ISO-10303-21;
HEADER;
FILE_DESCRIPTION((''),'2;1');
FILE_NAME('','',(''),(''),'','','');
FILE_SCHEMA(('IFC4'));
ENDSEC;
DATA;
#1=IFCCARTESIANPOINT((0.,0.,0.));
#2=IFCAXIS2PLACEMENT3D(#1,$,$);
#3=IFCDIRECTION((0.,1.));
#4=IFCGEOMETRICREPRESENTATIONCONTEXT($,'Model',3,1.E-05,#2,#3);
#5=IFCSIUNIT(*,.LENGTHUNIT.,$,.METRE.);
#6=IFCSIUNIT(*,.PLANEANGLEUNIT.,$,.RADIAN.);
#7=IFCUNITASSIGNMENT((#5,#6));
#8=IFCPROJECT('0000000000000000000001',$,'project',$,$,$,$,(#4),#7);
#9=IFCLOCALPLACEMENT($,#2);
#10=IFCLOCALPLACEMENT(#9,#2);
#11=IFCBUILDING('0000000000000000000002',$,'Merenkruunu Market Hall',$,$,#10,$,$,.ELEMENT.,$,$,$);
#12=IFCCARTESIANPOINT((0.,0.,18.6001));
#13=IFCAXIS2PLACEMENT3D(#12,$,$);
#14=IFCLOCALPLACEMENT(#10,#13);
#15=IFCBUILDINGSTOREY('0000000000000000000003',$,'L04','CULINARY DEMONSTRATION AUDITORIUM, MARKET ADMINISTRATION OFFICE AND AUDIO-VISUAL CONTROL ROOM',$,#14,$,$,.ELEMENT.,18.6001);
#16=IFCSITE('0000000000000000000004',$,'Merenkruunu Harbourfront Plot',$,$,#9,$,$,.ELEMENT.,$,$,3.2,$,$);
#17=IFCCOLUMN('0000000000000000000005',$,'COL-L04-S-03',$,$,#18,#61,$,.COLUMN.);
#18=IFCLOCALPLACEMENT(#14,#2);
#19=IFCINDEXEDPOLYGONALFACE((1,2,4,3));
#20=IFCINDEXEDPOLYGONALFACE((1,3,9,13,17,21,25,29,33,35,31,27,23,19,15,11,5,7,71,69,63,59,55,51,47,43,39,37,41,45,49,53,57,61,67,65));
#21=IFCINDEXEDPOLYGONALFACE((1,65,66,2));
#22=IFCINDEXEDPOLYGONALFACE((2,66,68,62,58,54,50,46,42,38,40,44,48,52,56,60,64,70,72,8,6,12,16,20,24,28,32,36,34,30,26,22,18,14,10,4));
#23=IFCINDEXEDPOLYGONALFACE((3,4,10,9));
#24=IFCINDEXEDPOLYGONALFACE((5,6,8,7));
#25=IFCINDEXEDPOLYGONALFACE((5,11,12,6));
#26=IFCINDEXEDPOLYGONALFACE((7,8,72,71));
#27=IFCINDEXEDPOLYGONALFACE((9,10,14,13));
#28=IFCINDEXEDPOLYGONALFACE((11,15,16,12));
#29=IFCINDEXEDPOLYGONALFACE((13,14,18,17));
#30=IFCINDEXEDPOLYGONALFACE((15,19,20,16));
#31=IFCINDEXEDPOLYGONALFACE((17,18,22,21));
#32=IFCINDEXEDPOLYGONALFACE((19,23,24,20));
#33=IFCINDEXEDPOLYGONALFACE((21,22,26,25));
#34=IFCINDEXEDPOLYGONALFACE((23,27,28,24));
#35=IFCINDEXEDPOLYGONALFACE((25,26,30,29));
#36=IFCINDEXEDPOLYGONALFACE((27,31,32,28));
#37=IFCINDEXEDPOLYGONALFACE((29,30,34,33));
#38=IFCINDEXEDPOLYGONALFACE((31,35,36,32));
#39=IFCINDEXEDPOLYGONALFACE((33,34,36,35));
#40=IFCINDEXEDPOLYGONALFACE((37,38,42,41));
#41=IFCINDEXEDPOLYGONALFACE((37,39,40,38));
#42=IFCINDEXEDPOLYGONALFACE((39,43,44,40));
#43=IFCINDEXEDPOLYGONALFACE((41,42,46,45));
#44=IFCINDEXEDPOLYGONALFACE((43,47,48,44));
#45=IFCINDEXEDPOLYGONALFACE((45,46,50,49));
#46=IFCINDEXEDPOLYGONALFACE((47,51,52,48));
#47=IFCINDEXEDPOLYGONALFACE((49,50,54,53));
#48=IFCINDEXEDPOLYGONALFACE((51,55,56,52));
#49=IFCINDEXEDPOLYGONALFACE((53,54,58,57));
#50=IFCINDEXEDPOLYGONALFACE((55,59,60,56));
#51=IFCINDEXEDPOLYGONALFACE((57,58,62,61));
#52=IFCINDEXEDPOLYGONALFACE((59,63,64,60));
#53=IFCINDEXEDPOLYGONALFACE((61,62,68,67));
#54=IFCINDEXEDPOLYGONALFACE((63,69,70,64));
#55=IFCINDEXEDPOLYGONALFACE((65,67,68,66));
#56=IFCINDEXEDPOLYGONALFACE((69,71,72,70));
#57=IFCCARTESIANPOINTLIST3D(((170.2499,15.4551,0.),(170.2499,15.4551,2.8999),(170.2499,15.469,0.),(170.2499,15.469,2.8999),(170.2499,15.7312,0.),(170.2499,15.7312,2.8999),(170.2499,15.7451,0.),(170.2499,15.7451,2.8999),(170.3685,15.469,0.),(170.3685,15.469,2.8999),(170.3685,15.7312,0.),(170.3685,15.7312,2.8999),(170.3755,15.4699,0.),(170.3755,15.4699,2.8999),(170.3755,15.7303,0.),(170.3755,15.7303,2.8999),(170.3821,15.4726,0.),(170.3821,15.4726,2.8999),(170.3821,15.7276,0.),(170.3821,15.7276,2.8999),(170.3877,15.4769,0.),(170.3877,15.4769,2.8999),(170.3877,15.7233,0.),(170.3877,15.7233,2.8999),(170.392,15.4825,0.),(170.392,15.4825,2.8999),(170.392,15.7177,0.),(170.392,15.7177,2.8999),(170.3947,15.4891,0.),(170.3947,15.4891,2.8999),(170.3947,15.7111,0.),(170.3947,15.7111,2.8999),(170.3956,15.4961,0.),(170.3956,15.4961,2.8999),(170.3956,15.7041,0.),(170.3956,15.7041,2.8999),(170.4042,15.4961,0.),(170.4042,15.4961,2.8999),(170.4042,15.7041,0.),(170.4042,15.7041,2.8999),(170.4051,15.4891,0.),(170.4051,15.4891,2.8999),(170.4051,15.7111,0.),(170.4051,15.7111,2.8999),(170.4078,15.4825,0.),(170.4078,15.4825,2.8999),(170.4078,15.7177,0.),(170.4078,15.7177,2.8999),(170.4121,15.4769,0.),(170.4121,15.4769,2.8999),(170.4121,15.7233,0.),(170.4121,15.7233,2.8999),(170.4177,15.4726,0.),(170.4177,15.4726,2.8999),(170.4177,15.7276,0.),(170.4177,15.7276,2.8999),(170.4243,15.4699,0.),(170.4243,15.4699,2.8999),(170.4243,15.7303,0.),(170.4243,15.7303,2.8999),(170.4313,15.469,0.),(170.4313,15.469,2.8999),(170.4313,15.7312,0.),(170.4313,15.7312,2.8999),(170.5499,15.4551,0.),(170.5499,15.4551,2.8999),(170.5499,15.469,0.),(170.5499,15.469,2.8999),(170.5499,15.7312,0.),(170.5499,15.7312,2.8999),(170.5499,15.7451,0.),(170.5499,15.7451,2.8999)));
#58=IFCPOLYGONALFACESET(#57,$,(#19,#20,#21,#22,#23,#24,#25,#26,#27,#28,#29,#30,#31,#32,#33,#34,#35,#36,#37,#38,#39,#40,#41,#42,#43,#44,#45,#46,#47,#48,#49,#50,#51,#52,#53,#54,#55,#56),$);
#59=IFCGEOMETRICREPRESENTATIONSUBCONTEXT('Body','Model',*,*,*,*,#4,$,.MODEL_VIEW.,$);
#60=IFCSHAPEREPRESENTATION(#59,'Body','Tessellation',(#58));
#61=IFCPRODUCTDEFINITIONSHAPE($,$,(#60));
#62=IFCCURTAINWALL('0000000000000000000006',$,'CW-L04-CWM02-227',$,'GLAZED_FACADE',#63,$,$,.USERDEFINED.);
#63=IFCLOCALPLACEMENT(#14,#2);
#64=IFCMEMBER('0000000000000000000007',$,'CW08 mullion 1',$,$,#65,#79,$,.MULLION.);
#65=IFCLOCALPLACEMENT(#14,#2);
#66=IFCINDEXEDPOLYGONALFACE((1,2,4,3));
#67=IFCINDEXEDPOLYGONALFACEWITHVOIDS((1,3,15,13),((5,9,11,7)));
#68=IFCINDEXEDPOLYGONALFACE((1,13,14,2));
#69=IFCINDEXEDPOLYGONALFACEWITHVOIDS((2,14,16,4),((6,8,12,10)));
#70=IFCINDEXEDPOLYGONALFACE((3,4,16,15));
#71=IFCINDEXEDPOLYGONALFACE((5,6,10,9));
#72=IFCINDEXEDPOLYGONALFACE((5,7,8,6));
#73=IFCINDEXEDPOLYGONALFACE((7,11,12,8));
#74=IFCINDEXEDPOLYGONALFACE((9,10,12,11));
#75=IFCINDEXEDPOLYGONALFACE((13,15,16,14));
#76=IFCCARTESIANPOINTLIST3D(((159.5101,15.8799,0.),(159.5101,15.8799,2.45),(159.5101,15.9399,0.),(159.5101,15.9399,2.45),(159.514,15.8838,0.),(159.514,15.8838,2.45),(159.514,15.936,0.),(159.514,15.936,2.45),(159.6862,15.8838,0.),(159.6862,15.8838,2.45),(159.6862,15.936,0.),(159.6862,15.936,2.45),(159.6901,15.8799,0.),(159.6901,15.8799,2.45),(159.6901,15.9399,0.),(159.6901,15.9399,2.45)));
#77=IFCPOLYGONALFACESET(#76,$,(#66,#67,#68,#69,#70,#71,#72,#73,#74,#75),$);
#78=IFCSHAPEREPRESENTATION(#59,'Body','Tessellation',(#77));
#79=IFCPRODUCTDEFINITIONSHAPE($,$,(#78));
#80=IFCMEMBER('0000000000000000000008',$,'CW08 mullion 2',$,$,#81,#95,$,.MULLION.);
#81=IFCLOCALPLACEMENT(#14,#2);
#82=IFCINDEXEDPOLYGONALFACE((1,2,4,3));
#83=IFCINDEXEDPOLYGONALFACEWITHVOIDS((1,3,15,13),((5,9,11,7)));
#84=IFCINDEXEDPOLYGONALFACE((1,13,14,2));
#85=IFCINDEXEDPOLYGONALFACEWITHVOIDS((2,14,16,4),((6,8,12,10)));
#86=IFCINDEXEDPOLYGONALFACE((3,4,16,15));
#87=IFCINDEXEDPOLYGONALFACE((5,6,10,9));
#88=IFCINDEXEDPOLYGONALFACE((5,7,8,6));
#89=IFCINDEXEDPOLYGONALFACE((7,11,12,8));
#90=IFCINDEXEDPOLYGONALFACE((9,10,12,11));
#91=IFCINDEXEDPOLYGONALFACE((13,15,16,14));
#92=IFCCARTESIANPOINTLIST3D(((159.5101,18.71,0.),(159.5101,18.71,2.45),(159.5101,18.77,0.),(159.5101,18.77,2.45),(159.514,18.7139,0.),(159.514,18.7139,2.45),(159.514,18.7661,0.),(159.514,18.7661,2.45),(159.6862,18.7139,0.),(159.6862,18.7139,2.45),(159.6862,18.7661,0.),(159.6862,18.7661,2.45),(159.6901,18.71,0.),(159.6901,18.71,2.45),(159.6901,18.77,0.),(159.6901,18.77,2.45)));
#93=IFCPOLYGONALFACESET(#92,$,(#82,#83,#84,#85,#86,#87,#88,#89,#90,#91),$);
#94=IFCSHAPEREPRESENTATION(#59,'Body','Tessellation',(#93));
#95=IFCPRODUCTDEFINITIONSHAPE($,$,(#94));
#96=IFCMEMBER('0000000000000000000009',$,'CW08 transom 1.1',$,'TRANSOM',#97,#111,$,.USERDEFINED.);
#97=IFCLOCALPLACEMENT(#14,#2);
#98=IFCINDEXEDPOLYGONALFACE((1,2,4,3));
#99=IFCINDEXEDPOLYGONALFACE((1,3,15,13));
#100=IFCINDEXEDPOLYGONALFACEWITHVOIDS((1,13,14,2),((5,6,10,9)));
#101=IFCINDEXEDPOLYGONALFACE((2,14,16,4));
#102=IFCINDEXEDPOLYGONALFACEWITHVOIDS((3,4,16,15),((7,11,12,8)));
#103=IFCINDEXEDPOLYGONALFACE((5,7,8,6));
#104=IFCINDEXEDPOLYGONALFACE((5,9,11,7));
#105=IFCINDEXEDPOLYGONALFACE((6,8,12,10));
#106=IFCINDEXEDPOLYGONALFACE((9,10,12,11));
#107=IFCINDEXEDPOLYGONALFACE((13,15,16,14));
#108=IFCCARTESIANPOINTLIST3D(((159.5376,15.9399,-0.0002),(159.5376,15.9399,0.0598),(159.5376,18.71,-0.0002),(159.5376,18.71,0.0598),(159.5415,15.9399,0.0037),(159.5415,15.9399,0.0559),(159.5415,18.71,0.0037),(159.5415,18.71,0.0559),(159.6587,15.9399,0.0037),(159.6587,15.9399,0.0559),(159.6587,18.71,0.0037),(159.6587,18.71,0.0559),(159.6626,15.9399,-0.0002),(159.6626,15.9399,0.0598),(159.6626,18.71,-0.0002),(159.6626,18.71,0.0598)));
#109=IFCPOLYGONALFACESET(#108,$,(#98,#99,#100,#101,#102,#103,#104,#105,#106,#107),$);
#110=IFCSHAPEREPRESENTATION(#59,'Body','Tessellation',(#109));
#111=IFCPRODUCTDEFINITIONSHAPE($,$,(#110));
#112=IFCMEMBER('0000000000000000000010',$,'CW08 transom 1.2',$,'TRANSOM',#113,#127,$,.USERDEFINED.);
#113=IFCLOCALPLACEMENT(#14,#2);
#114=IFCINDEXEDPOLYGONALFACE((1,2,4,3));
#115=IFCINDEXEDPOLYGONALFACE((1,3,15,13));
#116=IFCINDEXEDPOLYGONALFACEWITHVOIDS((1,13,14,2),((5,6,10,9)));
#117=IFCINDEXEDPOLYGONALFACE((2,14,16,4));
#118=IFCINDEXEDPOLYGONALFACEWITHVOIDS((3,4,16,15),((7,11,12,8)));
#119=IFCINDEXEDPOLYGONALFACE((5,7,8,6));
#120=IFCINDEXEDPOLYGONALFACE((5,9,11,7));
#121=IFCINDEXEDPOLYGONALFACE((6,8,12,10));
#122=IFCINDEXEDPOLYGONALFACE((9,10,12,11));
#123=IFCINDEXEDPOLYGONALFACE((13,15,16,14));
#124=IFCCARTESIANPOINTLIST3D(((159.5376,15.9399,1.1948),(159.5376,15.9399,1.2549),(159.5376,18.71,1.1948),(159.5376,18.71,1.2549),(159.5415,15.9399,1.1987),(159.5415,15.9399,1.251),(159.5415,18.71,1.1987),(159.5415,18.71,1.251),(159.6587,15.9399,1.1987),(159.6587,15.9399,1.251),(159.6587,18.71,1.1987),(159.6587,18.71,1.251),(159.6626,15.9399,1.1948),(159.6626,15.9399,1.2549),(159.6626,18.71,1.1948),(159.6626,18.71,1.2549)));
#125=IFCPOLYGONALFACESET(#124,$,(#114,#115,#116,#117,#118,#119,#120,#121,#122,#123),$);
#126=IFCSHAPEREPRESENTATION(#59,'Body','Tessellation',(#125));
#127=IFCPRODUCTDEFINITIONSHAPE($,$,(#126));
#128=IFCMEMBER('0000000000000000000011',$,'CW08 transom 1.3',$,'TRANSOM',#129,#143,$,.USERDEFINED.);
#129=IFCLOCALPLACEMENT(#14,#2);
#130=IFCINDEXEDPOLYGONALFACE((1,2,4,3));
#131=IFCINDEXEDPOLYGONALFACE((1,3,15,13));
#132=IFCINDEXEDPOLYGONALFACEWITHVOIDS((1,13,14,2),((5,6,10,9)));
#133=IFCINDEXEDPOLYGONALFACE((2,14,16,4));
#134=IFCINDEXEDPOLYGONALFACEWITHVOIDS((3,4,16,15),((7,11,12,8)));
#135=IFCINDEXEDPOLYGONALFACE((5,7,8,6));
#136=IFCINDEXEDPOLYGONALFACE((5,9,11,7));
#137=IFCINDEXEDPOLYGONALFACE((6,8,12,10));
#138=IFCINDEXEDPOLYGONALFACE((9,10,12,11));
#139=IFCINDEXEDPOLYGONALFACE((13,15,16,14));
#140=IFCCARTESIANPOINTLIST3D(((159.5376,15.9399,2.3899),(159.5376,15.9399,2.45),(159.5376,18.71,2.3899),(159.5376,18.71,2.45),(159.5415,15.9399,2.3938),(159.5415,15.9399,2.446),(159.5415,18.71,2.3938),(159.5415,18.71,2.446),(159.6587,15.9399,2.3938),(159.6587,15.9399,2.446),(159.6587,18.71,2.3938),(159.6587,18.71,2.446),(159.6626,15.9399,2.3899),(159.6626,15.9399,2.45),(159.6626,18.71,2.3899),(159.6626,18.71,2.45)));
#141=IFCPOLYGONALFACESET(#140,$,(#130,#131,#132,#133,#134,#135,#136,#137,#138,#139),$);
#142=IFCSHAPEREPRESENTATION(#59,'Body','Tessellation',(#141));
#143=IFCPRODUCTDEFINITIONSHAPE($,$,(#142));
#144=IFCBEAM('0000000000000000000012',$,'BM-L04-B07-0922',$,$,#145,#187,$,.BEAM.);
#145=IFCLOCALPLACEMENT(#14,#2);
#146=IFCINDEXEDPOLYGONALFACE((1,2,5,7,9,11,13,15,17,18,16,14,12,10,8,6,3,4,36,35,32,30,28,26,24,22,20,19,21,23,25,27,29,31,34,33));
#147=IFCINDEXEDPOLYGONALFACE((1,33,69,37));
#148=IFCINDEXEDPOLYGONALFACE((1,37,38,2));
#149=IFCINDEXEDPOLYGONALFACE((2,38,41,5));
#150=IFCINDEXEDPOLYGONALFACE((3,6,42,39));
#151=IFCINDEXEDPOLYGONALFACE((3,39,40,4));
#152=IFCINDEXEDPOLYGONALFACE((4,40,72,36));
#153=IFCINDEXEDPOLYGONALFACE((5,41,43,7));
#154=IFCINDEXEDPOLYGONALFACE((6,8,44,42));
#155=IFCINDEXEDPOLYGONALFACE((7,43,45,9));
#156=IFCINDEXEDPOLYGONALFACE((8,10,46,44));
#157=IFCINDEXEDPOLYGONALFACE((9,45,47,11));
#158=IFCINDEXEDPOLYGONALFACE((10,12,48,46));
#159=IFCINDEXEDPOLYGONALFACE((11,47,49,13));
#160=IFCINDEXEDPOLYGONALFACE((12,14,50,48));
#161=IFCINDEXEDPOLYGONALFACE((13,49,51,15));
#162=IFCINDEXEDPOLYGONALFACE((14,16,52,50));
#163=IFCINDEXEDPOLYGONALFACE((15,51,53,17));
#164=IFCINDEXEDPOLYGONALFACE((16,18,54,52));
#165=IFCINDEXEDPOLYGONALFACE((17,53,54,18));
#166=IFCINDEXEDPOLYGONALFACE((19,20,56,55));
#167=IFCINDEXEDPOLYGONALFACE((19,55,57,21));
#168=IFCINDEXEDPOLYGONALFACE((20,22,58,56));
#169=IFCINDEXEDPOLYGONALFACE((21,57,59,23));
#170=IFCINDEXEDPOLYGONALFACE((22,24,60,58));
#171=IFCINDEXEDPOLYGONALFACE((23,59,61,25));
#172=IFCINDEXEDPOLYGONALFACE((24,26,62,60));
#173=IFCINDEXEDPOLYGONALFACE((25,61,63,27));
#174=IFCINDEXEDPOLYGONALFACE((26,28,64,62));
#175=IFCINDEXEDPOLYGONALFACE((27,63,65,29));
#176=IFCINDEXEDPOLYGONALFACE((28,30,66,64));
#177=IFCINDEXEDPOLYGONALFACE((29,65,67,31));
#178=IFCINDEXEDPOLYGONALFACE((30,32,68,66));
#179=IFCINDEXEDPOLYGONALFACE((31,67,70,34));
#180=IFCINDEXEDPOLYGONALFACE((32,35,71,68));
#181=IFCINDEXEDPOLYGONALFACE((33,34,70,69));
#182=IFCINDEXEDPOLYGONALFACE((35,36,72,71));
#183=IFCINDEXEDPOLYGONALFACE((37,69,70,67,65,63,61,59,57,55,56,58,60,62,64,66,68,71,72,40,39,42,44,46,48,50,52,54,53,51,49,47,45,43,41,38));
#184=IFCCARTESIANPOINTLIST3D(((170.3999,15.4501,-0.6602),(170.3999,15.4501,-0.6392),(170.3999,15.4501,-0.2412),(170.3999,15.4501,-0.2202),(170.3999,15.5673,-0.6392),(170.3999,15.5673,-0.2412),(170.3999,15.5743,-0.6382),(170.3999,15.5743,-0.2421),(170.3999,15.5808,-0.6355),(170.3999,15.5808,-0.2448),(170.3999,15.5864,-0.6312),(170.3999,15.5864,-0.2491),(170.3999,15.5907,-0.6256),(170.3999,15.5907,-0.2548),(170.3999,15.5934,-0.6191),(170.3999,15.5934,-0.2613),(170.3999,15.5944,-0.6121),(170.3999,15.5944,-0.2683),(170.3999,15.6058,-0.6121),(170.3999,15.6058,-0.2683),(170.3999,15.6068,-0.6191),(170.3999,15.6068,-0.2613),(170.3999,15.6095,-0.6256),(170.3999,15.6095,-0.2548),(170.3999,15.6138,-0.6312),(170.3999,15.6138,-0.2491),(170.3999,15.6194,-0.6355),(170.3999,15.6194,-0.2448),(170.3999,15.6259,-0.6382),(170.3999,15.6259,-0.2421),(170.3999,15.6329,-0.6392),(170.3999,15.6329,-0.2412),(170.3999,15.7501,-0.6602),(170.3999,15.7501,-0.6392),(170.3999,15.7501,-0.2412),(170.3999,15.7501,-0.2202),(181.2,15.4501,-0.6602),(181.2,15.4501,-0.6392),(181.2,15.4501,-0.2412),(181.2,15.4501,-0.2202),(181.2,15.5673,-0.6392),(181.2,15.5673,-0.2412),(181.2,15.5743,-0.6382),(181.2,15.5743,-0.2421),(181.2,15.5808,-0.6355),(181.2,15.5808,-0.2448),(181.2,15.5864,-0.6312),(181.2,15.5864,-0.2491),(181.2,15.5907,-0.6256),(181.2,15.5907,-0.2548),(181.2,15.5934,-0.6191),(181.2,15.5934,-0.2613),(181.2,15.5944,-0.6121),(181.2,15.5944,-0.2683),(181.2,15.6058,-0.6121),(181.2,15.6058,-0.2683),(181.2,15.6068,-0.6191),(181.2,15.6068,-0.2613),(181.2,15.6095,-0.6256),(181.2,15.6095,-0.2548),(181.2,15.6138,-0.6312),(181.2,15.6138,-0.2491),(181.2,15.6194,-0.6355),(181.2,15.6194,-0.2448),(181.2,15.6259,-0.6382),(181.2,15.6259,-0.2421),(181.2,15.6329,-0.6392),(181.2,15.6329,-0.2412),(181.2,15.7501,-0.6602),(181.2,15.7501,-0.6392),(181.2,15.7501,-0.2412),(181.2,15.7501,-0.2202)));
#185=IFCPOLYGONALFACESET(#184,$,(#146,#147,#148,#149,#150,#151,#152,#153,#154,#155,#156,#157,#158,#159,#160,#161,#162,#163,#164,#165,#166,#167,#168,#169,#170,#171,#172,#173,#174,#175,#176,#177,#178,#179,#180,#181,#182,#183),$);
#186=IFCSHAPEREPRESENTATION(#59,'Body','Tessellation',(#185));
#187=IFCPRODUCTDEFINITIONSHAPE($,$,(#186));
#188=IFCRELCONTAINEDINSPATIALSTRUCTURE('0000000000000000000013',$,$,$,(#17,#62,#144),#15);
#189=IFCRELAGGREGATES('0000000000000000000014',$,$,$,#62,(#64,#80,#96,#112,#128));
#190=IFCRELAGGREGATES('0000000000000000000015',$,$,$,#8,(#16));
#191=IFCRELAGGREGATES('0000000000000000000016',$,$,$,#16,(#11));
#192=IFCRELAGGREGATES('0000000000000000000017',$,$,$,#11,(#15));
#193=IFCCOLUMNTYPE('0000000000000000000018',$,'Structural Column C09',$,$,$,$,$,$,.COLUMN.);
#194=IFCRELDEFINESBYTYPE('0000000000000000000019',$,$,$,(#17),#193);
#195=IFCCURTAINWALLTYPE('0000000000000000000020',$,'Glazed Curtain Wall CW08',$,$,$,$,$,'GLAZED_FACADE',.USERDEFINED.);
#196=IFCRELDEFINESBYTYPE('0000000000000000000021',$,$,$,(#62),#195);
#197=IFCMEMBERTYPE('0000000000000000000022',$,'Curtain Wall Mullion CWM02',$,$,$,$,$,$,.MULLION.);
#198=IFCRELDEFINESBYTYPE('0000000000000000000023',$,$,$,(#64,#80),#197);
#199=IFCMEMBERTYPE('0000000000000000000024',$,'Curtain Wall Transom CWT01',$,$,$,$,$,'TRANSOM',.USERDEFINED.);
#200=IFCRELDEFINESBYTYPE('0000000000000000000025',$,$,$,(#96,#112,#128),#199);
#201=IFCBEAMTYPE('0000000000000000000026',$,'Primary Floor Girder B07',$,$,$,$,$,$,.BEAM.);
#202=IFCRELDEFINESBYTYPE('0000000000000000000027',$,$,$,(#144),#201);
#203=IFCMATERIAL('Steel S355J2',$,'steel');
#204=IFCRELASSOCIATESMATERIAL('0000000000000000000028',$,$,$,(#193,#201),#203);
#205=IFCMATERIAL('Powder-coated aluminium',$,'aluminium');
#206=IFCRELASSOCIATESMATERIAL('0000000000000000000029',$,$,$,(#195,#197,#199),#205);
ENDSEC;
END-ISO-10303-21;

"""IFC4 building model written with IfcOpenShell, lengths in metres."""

from ifc_helpers import new_model, si_unit, direction, frame, origin, origin_2d, place, context, subcontext, project, spatial, hollow_rectangle, i_section, extrude, material, material_profile, profile_set, type_object, element, aggregate, save


model = new_model("IFC4")

# Units and contexts
model_context = context("Model", 3, precision=1e-05, world=origin(), true_north=direction((0.0, 1.0)))
body_context = subcontext(model_context, "Body", "Model", "MODEL_VIEW")
ifc_project = project(units=[si_unit("LENGTHUNIT", "METRE"), si_unit("PLANEANGLEUNIT", "RADIAN")], contexts=[model_context])

# Site, building, storey
site_placement = place(None, origin())
site = spatial("IfcSite", under=ifc_project, at=site_placement, Name="Merenkruunu Harbourfront Plot", CompositionType="ELEMENT", RefElevation=3.2)
building_placement = place(site_placement, origin())
building = spatial("IfcBuilding", under=site, at=building_placement, Name="Merenkruunu Market Hall", CompositionType="ELEMENT")
storey_placement = place(building_placement, frame((0.0, 0.0, 18.6001)))
storey = spatial("IfcBuildingStorey", under=building, at=storey_placement, Name="L04", Description="CULINARY DEMONSTRATION AUDITORIUM, MARKET ADMINISTRATION OFFICE AND AUDIO-VISUAL CONTROL ROOM", CompositionType="ELEMENT", Elevation=18.6001)

# Column
ifc_material_1 = material(Name="Steel S355J2", Category="steel")
ifc_material_profile_1 = material_profile(ifc_material_1, i_section(OverallWidth=0.3, OverallDepth=0.29, WebThickness=0.0085, FlangeThickness=0.0139, FilletRadius=0.0271, at=origin_2d()), Name="HEA 300")
ifc_profile_set_1 = profile_set([ifc_material_profile_1], Name="Steel S355J2")
column_type = type_object("IfcColumnType", Name="Structural Column C09", PredefinedType="COLUMN", material=ifc_profile_set_1)
column_placement = place(storey_placement, frame((170.3999, 15.6001, 0.0), z_axis=(0.0, 0.0, 1.0), x_axis=(1.0, 0.0, 0.0)))
element("IfcColumn", 1, at=column_placement, inside=storey, type_object=column_type, Name="COL-L04-S-03", PredefinedType="COLUMN", context=body_context, shape_type="SweptSolid", body=[
    extrude(i_section(OverallWidth=0.3, OverallDepth=0.29, WebThickness=0.0085, FlangeThickness=0.0139, FilletRadius=0.0271, at=origin_2d()), origin(), (0.0, 0.0, 1.0), 2.8999),
])

# Curtain wall, members
ifc_material_2 = material(Name="Powder-coated aluminium", Category="aluminium")
curtain_wall_type = type_object("IfcCurtainWallType", Name="Glazed Curtain Wall CW08", ElementType="GLAZED_FACADE", PredefinedType="USERDEFINED", material=ifc_material_2)
curtain_wall_1_placement = place(storey_placement, origin())
curtain_wall_1 = element("IfcCurtainWall", 2, at=curtain_wall_1_placement, inside=storey, type_object=curtain_wall_type, Name="CW-L04-CWM02-227", ObjectType="GLAZED_FACADE", PredefinedType="USERDEFINED")
ifc_material_profile_2 = material_profile(ifc_material_2, hollow_rectangle(XDim=0.0601, YDim=0.1799, WallThickness=0.0039, at=origin_2d()), Name="ALU 60x180x4")
ifc_profile_set_2 = profile_set([ifc_material_profile_2], Name="Powder-coated aluminium")
member_type_1 = type_object("IfcMemberType", Name="Curtain Wall Mullion CWM02", PredefinedType="MULLION", material=ifc_profile_set_2)
member_1_placement = place(storey_placement, frame((159.6001, 15.9099, 0.0), z_axis=(0.0, 0.0, 1.0), x_axis=(0.0, 1.0, 0.0)))
member_1 = element("IfcMember", 3, at=member_1_placement, type_object=member_type_1, Name="CW08 mullion 1", PredefinedType="MULLION", context=body_context, shape_type="SweptSolid", body=[
    extrude(hollow_rectangle(XDim=0.0601, YDim=0.1799, WallThickness=0.0039, at=origin_2d()), origin(), (0.0, 0.0, 1.0), 2.45),
])
member_2_placement = place(storey_placement, frame((159.6001, 18.74, 0.0), z_axis=(0.0, 0.0, 1.0), x_axis=(0.0, 1.0, 0.0)))
member_2 = element("IfcMember", 4, at=member_2_placement, type_object=member_type_1, Name="CW08 mullion 2", PredefinedType="MULLION", context=body_context, shape_type="SweptSolid", body=[
    extrude(hollow_rectangle(XDim=0.0601, YDim=0.1799, WallThickness=0.0039, at=origin_2d()), origin(), (0.0, 0.0, 1.0), 2.45),
])
ifc_material_profile_3 = material_profile(ifc_material_2, hollow_rectangle(XDim=0.0601, YDim=0.125, WallThickness=0.0039, at=origin_2d()), Name="ALU 60x125x4")
ifc_profile_set_3 = profile_set([ifc_material_profile_3], Name="Powder-coated aluminium")
member_type_2 = type_object("IfcMemberType", Name="Curtain Wall Transom CWT01", ElementType="TRANSOM", PredefinedType="USERDEFINED", material=ifc_profile_set_3)
member_3_placement = place(storey_placement, frame((159.6001, 15.9399, 0.0298), z_axis=(0.0, 1.0, 0.0), x_axis=(0.0, 0.0, 1.0)))
member_3 = element("IfcMember", 5, at=member_3_placement, type_object=member_type_2, Name="CW08 transom 1.1", ObjectType="TRANSOM", PredefinedType="USERDEFINED", context=body_context, shape_type="SweptSolid", body=[
    extrude(hollow_rectangle(XDim=0.0601, YDim=0.125, WallThickness=0.0039, at=origin_2d()), origin(), (0.0, 0.0, 1.0), 2.77),
])
member_4_placement = place(storey_placement, frame((159.6001, 15.9399, 1.2249), z_axis=(0.0, 1.0, 0.0), x_axis=(0.0, 0.0, 1.0)))
member_4 = element("IfcMember", 6, at=member_4_placement, type_object=member_type_2, Name="CW08 transom 1.2", ObjectType="TRANSOM", PredefinedType="USERDEFINED", context=body_context, shape_type="SweptSolid", body=[
    extrude(hollow_rectangle(XDim=0.0601, YDim=0.125, WallThickness=0.0039, at=origin_2d()), origin(), (0.0, 0.0, 1.0), 2.77),
])
member_5_placement = place(storey_placement, frame((159.6001, 15.9399, 2.4199), z_axis=(0.0, 1.0, 0.0), x_axis=(0.0, 0.0, 1.0)))
member_5 = element("IfcMember", 7, at=member_5_placement, type_object=member_type_2, Name="CW08 transom 1.3", ObjectType="TRANSOM", PredefinedType="USERDEFINED", context=body_context, shape_type="SweptSolid", body=[
    extrude(hollow_rectangle(XDim=0.0601, YDim=0.125, WallThickness=0.0039, at=origin_2d()), origin(), (0.0, 0.0, 1.0), 2.77),
])

# Beam
ifc_material_profile_4 = material_profile(ifc_material_1, i_section(OverallWidth=0.3, OverallDepth=0.4399, WebThickness=0.0115, FlangeThickness=0.021, FilletRadius=0.0271, at=origin_2d()), Name="HEA 450")
ifc_profile_set_4 = profile_set([ifc_material_profile_4], Name="Steel S355J2")
beam_type_1 = type_object("IfcBeamType", Name="Primary Floor Girder B07", PredefinedType="BEAM", material=ifc_profile_set_4)
beam_1_placement = place(storey_placement, frame((170.3999, 15.6001, -0.4402), z_axis=(1.0, 0.0, 0.0), x_axis=(0.0, 1.0, 0.0)))
element("IfcBeam", 8, at=beam_1_placement, inside=storey, type_object=beam_type_1, Name="BM-L04-B07-0922", PredefinedType="BEAM", context=body_context, shape_type="SweptSolid", body=[
    extrude(i_section(OverallWidth=0.3, OverallDepth=0.4399, WebThickness=0.0115, FlangeThickness=0.021, FilletRadius=0.0271, at=origin_2d()), origin(), (0.0, 0.0, 1.0), 10.8),
])

aggregate(curtain_wall_1, [member_1, member_2, member_3, member_4, member_5])

save(model, "model.ifc")
